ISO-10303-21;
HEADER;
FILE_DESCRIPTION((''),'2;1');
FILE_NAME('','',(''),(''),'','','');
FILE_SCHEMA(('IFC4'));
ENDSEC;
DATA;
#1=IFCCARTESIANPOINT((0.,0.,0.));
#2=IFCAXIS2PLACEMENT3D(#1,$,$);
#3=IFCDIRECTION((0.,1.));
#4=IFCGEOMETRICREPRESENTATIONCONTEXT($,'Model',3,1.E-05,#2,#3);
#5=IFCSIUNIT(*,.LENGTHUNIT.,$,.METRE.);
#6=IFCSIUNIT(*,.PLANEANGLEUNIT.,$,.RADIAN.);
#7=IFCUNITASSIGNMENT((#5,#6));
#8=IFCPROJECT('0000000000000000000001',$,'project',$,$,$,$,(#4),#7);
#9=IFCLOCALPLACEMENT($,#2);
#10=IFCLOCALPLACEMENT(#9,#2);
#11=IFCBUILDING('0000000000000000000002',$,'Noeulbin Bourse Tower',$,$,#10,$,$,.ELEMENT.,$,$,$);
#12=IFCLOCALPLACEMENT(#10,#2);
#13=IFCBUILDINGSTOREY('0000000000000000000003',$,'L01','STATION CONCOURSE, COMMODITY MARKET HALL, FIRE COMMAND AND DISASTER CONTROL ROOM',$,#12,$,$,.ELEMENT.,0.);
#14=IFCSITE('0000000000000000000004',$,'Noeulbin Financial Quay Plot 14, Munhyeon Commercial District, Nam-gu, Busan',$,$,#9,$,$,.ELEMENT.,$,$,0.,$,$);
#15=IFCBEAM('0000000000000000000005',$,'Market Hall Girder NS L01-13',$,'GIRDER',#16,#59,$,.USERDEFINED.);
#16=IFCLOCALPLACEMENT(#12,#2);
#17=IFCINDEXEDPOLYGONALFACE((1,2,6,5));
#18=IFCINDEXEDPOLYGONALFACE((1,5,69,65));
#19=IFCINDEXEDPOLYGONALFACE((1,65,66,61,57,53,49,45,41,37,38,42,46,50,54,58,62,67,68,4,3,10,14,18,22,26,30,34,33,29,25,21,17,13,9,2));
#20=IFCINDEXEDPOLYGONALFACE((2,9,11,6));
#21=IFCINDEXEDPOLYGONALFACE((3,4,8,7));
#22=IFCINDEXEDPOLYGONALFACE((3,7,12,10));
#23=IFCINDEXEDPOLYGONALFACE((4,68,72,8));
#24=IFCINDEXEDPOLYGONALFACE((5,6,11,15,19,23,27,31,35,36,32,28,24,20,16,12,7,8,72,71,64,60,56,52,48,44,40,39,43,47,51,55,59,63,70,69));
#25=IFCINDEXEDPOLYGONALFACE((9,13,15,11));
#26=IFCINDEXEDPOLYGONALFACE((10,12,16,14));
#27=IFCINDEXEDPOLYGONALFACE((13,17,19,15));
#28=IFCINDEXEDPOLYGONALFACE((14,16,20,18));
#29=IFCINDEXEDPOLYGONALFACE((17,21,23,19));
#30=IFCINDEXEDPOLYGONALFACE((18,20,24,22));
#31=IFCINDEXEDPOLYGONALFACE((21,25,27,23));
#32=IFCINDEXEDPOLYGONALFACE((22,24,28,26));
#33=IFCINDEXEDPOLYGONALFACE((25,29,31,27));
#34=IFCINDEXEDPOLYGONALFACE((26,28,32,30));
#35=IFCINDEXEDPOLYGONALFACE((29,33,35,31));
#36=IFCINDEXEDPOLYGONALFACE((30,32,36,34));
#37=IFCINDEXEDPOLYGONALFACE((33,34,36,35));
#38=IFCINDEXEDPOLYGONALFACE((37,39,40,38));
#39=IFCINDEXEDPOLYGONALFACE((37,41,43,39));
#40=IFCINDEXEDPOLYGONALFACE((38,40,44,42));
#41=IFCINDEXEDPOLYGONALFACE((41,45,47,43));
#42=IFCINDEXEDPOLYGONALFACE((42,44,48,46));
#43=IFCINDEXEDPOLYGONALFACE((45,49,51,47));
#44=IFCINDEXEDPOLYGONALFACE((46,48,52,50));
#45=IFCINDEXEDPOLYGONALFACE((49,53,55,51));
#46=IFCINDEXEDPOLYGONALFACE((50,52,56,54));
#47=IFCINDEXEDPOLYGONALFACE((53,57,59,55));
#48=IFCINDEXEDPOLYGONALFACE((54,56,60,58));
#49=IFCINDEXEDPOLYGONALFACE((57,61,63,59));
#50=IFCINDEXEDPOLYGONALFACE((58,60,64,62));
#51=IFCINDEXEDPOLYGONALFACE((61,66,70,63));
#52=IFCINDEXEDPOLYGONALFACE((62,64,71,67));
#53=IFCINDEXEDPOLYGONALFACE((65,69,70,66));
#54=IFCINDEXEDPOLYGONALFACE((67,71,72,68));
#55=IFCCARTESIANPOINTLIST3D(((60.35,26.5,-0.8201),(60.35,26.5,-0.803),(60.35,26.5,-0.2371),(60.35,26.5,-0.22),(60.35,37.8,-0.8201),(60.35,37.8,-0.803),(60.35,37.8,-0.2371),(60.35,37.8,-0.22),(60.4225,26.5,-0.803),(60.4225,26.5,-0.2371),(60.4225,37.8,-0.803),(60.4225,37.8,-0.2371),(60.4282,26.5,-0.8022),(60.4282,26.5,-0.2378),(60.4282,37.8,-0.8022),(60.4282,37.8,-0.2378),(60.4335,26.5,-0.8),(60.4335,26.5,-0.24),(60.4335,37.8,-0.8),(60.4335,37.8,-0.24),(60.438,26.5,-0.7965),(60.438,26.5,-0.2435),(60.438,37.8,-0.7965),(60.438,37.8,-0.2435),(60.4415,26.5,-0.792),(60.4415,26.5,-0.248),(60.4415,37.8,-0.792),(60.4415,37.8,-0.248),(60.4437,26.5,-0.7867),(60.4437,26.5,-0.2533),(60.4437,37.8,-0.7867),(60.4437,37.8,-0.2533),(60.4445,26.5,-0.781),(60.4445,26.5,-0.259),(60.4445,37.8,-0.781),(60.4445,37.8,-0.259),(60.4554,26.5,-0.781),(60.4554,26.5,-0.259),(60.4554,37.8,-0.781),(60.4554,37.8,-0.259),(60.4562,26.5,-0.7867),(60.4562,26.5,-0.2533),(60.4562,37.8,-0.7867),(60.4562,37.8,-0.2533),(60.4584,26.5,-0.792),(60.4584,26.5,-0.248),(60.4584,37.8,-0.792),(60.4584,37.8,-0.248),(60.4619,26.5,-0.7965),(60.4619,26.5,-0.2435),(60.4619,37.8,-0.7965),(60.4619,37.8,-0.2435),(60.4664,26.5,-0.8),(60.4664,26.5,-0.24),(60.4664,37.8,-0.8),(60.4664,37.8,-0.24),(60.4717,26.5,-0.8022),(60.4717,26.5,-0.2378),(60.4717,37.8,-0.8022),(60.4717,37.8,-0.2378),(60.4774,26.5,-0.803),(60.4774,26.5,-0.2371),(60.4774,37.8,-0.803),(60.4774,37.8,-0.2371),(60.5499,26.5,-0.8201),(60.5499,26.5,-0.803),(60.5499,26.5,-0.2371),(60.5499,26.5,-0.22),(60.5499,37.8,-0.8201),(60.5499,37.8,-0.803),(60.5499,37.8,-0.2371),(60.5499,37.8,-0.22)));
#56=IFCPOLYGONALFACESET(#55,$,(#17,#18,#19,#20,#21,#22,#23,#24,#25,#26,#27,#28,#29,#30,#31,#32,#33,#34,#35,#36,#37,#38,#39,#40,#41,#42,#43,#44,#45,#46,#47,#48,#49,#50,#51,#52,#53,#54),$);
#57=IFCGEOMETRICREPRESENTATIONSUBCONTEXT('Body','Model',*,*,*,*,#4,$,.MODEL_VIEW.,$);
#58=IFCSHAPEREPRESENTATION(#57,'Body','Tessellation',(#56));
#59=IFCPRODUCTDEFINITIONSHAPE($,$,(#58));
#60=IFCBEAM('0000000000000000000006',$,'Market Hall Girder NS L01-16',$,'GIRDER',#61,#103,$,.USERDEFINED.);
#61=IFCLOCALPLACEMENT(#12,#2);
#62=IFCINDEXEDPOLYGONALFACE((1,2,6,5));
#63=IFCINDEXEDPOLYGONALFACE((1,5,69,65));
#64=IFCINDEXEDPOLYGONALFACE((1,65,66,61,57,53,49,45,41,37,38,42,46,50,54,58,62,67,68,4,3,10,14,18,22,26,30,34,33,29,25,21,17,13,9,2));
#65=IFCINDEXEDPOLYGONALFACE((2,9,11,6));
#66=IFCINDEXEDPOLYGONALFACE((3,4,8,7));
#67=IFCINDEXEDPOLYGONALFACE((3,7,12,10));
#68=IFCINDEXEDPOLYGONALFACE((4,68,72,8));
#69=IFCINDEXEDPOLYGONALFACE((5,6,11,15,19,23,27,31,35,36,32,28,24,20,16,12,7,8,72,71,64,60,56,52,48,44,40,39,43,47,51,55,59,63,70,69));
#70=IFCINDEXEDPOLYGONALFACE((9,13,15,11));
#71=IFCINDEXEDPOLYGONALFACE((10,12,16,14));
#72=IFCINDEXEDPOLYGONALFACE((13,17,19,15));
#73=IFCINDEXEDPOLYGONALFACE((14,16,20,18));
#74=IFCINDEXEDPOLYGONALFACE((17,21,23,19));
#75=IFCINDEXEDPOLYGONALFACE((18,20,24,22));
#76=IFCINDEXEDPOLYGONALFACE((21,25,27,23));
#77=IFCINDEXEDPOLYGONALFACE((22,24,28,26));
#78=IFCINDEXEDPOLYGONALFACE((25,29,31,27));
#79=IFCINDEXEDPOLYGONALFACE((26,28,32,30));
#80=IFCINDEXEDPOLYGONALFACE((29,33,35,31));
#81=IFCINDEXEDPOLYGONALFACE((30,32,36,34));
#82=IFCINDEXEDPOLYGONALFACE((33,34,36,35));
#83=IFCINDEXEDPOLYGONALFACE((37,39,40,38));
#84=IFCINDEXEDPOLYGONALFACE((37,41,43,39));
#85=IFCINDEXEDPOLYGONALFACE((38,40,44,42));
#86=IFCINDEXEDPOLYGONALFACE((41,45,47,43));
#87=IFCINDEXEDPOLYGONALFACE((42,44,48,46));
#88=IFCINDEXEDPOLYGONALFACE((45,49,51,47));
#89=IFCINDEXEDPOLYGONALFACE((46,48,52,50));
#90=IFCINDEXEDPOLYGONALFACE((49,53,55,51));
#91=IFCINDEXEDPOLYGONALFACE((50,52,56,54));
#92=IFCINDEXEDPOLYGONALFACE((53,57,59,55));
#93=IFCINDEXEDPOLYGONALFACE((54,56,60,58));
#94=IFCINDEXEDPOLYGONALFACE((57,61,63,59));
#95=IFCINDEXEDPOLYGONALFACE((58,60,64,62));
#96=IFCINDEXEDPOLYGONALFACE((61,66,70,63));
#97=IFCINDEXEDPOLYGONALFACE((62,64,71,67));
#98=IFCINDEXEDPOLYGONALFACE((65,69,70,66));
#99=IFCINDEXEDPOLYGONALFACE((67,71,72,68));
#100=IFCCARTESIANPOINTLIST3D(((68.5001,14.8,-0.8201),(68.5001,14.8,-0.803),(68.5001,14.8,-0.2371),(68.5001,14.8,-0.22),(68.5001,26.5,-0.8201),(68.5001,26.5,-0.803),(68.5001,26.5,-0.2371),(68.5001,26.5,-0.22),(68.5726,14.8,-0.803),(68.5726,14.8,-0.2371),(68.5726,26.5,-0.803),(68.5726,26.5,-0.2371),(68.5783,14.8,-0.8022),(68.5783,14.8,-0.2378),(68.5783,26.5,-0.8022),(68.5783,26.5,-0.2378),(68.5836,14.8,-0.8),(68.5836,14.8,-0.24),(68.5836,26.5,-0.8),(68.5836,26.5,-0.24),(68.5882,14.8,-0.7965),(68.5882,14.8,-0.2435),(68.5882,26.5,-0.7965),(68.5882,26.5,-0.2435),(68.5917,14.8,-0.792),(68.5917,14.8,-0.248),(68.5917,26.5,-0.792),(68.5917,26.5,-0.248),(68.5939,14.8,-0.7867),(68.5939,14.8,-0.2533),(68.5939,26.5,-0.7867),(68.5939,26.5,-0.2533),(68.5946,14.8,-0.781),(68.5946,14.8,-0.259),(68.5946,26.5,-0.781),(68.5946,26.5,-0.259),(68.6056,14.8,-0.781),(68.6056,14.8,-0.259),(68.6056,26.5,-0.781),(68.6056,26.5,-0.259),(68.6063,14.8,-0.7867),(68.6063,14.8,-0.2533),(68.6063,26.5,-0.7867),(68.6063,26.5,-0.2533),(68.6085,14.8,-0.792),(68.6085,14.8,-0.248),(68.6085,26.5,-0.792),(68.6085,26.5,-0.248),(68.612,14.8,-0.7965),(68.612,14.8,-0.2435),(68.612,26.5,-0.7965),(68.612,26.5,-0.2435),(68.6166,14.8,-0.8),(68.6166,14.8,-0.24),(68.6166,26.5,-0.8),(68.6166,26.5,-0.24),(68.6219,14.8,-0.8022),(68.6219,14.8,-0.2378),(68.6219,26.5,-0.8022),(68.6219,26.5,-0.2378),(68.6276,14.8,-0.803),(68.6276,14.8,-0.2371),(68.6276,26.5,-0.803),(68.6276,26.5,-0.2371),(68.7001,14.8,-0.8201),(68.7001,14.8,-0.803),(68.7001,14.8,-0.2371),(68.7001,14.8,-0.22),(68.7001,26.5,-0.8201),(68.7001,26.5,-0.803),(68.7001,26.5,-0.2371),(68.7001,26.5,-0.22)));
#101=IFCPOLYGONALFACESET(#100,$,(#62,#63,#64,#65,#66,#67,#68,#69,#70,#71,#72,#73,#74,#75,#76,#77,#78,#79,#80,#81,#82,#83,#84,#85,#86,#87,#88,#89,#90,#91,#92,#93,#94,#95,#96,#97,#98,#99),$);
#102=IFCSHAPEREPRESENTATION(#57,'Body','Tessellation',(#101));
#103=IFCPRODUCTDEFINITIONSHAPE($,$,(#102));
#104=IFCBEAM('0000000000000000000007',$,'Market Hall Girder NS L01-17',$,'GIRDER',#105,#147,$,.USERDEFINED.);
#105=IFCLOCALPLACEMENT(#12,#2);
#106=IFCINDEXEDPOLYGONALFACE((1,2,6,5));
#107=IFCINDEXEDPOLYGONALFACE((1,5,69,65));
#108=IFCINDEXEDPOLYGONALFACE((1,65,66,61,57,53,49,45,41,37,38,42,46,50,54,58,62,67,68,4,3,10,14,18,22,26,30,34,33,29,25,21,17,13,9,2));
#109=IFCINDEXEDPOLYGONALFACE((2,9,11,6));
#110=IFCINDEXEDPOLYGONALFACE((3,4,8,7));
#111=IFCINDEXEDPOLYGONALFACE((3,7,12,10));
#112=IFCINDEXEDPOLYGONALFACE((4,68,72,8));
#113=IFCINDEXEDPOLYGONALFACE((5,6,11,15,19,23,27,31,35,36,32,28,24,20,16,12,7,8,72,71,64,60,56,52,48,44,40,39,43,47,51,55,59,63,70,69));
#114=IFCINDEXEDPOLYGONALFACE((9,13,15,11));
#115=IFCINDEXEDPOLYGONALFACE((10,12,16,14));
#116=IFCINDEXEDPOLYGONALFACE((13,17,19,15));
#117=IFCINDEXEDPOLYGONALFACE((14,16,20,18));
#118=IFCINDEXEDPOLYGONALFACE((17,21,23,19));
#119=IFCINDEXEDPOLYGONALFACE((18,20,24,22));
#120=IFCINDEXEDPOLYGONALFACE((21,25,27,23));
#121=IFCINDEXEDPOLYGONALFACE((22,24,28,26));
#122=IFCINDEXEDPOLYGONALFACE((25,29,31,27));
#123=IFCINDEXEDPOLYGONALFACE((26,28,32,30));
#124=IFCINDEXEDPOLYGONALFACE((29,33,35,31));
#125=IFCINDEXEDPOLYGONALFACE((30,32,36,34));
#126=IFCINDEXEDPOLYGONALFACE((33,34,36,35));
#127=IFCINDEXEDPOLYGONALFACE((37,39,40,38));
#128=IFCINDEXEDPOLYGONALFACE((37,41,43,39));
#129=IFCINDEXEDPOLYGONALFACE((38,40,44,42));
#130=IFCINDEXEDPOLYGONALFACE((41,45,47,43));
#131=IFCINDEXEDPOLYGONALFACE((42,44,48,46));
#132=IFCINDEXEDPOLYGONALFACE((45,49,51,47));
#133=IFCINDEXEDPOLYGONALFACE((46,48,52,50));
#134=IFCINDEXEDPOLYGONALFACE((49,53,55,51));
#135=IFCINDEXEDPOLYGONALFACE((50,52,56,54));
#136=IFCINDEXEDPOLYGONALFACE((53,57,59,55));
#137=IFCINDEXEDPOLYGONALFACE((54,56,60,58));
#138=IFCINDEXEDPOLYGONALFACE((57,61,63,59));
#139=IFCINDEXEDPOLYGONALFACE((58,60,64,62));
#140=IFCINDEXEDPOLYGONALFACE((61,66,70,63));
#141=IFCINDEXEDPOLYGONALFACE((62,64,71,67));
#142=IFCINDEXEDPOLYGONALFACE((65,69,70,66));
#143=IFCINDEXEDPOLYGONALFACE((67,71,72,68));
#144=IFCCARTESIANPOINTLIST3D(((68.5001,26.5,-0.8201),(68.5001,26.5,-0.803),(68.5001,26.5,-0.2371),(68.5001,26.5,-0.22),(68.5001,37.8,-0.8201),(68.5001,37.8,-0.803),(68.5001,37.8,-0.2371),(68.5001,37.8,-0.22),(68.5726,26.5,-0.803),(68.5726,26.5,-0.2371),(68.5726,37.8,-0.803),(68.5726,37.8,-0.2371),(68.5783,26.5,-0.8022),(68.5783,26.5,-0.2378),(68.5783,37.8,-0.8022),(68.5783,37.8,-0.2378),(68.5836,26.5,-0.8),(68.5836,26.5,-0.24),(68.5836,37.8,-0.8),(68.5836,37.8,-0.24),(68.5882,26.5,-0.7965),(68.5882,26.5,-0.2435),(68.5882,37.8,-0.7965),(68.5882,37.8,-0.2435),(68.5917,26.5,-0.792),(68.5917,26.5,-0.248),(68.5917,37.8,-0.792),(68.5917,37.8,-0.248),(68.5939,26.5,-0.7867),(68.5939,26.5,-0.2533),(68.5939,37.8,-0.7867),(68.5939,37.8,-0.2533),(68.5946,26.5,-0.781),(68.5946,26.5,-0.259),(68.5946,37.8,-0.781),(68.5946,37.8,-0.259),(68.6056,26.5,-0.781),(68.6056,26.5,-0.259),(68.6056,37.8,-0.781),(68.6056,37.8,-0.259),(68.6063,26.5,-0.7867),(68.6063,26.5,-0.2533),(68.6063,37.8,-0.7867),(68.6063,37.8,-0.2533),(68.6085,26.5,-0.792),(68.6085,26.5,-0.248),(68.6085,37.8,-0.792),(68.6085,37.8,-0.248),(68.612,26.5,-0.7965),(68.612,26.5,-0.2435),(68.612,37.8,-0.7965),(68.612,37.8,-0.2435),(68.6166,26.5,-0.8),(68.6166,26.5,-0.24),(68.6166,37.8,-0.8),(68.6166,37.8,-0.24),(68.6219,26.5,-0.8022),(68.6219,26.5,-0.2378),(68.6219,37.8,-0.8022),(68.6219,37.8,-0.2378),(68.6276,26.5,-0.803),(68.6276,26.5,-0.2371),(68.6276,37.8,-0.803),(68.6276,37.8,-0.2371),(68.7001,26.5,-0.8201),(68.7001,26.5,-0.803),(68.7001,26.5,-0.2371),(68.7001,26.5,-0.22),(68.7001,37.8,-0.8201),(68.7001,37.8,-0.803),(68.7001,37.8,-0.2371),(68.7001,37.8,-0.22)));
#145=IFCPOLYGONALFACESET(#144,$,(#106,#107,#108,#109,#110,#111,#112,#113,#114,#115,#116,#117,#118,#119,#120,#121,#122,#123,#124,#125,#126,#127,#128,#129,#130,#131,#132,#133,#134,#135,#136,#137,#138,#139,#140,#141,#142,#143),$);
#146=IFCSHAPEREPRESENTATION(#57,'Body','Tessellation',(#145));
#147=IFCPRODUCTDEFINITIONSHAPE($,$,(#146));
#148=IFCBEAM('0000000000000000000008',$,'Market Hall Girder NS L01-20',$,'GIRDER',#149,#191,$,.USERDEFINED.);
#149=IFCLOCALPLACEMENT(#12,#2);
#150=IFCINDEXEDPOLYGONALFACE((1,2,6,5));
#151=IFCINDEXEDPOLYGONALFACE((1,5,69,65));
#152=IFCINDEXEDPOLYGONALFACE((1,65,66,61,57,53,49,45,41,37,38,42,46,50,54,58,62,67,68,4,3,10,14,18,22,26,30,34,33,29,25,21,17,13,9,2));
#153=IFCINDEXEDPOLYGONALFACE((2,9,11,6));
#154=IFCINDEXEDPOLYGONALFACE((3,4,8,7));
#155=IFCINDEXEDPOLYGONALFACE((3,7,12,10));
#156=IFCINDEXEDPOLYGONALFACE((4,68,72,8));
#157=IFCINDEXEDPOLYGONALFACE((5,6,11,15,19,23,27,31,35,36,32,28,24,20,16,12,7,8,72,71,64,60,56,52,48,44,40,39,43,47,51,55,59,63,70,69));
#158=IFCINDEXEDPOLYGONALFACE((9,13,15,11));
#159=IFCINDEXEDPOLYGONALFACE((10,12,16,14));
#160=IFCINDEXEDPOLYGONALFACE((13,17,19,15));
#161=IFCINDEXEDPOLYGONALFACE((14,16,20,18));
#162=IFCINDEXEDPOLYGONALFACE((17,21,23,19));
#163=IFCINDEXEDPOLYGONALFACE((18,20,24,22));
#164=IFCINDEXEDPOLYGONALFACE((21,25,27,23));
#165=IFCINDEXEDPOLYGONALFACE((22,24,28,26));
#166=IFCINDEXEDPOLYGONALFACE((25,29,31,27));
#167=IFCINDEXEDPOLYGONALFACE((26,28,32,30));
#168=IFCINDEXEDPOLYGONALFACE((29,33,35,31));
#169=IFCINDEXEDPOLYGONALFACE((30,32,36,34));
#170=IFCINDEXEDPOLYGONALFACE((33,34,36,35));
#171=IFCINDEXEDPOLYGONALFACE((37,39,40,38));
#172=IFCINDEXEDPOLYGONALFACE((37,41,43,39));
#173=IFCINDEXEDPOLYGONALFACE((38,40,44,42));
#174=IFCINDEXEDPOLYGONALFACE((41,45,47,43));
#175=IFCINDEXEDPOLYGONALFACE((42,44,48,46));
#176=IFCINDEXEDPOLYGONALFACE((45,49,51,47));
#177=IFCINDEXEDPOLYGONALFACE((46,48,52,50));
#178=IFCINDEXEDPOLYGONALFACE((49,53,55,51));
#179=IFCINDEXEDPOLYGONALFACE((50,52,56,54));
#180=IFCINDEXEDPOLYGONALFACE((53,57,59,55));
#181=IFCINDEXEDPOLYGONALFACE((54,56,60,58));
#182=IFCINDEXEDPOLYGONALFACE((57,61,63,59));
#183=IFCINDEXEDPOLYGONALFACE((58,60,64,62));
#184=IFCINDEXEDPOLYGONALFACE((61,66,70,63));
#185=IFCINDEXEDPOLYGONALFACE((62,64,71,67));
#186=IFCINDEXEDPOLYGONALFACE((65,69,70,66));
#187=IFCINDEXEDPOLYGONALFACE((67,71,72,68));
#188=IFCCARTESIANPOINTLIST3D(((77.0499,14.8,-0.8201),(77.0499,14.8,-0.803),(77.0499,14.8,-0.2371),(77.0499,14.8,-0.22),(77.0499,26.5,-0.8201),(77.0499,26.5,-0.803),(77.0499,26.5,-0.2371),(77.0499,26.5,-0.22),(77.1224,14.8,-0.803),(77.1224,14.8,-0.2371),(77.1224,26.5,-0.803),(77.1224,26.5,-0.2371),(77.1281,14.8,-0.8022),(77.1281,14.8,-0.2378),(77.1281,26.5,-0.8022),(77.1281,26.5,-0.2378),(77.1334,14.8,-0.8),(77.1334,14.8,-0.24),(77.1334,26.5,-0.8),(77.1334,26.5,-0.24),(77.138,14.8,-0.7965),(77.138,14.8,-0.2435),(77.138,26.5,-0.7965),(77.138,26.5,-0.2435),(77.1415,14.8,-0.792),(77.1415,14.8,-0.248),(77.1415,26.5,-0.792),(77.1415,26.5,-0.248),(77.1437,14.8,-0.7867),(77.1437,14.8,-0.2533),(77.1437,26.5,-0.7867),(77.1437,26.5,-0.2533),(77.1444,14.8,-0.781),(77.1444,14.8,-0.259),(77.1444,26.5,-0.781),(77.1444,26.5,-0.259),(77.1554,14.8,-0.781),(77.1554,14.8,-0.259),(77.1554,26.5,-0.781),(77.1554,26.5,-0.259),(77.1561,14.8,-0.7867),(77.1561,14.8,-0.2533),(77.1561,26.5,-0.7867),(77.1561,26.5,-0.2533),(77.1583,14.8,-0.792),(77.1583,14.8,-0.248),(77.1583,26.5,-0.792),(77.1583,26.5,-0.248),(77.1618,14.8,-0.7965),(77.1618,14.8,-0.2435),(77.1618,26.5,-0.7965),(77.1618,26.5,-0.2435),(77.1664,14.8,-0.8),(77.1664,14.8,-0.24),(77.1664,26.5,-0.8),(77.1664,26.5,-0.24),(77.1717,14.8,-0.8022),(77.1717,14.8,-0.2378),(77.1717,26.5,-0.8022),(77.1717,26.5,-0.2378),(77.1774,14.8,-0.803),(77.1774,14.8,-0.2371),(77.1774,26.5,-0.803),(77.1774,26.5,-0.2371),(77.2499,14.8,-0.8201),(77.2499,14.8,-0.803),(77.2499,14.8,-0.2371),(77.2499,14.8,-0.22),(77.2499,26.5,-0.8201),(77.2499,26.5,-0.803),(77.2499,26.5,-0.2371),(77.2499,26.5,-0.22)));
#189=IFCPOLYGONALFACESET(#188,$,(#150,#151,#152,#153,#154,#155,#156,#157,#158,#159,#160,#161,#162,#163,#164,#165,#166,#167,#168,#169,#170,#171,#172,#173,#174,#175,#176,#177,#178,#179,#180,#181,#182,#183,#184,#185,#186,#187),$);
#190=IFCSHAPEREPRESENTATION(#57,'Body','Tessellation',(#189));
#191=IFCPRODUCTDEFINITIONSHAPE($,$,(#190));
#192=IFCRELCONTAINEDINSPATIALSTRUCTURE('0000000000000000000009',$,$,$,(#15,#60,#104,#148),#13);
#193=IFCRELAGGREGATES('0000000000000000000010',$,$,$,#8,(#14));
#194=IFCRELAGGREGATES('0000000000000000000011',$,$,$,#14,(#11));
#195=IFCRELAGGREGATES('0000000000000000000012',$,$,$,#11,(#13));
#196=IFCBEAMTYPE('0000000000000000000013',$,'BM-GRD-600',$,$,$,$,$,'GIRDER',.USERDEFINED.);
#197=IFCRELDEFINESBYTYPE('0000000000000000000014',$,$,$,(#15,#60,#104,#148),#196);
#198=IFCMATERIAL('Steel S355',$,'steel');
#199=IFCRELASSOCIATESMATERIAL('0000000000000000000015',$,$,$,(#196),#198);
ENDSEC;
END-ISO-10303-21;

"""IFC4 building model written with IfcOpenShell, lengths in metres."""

from ifc_helpers import new_model, si_unit, direction, frame, origin, origin_2d, place, context, subcontext, project, spatial, i_section, extrude, material, material_profile, profile_set, type_object, element, save


model = new_model("IFC4")

# Units and contexts
model_context = context("Model", 3, precision=1e-05, world=origin(), true_north=direction((0.0, 1.0)))
body_context = subcontext(model_context, "Body", "Model", "MODEL_VIEW")
ifc_project = project(units=[si_unit("LENGTHUNIT", "METRE"), si_unit("PLANEANGLEUNIT", "RADIAN")], contexts=[model_context])

# Site, building, storey
site_placement = place(None, origin())
site = spatial("IfcSite", under=ifc_project, at=site_placement, Name="Noeulbin Financial Quay Plot 14, Munhyeon Commercial District, Nam-gu, Busan", CompositionType="ELEMENT", RefElevation=0.0)
building_placement = place(site_placement, origin())
building = spatial("IfcBuilding", under=site, at=building_placement, Name="Noeulbin Bourse Tower", CompositionType="ELEMENT")
storey_placement = place(building_placement, origin())
storey = spatial("IfcBuildingStorey", under=building, at=storey_placement, Name="L01", Description="STATION CONCOURSE, COMMODITY MARKET HALL, FIRE COMMAND AND DISASTER CONTROL ROOM", CompositionType="ELEMENT", Elevation=0.0)

# Shared definitions
ifc_material_1 = material(Name="Steel S355", Category="steel")

# Beams
ifc_material_profile_1 = material_profile(ifc_material_1, i_section(OverallWidth=0.2, OverallDepth=0.6001, WebThickness=0.011, FlangeThickness=0.0171, FilletRadius=0.022, at=origin_2d()), Name="H-600x200x11x17", Category="LoadBearing")
ifc_profile_set_1 = profile_set([ifc_material_profile_1], Name="Steel S355")
beam_type_1 = type_object("IfcBeamType", Name="BM-GRD-600", ElementType="GIRDER", PredefinedType="USERDEFINED", material=ifc_profile_set_1)
beam_1_placement = place(storey_placement, frame((60.45, 26.5, -0.52), z_axis=(0.0, 1.0, 0.0), x_axis=(-1.0, 0.0, 0.0)))
element("IfcBeam", 1, at=beam_1_placement, inside=storey, type_object=beam_type_1, Name="Market Hall Girder NS L01-13", ObjectType="GIRDER", PredefinedType="USERDEFINED", context=body_context, shape_type="SweptSolid", body=[
    extrude(i_section(OverallWidth=0.2, OverallDepth=0.6001, WebThickness=0.011, FlangeThickness=0.0171, FilletRadius=0.022, at=origin_2d()), origin(), (0.0, 0.0, 1.0), 11.3),
])
beam_2_placement = place(storey_placement, frame((68.6001, 14.8, -0.52), z_axis=(0.0, 1.0, 0.0), x_axis=(-1.0, 0.0, 0.0)))
element("IfcBeam", 2, at=beam_2_placement, inside=storey, type_object=beam_type_1, Name="Market Hall Girder NS L01-16", ObjectType="GIRDER", PredefinedType="USERDEFINED", context=body_context, shape_type="SweptSolid", body=[
    extrude(i_section(OverallWidth=0.2, OverallDepth=0.6001, WebThickness=0.011, FlangeThickness=0.0171, FilletRadius=0.022, at=origin_2d()), origin(), (0.0, 0.0, 1.0), 11.7),
])
beam_3_placement = place(storey_placement, frame((68.6001, 26.5, -0.52), z_axis=(0.0, 1.0, 0.0), x_axis=(-1.0, 0.0, 0.0)))
element("IfcBeam", 3, at=beam_3_placement, inside=storey, type_object=beam_type_1, Name="Market Hall Girder NS L01-17", ObjectType="GIRDER", PredefinedType="USERDEFINED", context=body_context, shape_type="SweptSolid", body=[
    extrude(i_section(OverallWidth=0.2, OverallDepth=0.6001, WebThickness=0.011, FlangeThickness=0.0171, FilletRadius=0.022, at=origin_2d()), origin(), (0.0, 0.0, 1.0), 11.3),
])
beam_4_placement = place(storey_placement, frame((77.1499, 14.8, -0.52), z_axis=(0.0, 1.0, 0.0), x_axis=(-1.0, 0.0, 0.0)))
element("IfcBeam", 4, at=beam_4_placement, inside=storey, type_object=beam_type_1, Name="Market Hall Girder NS L01-20", ObjectType="GIRDER", PredefinedType="USERDEFINED", context=body_context, shape_type="SweptSolid", body=[
    extrude(i_section(OverallWidth=0.2, OverallDepth=0.6001, WebThickness=0.011, FlangeThickness=0.0171, FilletRadius=0.022, at=origin_2d()), origin(), (0.0, 0.0, 1.0), 11.7),
])

save(model, "model.ifc")
